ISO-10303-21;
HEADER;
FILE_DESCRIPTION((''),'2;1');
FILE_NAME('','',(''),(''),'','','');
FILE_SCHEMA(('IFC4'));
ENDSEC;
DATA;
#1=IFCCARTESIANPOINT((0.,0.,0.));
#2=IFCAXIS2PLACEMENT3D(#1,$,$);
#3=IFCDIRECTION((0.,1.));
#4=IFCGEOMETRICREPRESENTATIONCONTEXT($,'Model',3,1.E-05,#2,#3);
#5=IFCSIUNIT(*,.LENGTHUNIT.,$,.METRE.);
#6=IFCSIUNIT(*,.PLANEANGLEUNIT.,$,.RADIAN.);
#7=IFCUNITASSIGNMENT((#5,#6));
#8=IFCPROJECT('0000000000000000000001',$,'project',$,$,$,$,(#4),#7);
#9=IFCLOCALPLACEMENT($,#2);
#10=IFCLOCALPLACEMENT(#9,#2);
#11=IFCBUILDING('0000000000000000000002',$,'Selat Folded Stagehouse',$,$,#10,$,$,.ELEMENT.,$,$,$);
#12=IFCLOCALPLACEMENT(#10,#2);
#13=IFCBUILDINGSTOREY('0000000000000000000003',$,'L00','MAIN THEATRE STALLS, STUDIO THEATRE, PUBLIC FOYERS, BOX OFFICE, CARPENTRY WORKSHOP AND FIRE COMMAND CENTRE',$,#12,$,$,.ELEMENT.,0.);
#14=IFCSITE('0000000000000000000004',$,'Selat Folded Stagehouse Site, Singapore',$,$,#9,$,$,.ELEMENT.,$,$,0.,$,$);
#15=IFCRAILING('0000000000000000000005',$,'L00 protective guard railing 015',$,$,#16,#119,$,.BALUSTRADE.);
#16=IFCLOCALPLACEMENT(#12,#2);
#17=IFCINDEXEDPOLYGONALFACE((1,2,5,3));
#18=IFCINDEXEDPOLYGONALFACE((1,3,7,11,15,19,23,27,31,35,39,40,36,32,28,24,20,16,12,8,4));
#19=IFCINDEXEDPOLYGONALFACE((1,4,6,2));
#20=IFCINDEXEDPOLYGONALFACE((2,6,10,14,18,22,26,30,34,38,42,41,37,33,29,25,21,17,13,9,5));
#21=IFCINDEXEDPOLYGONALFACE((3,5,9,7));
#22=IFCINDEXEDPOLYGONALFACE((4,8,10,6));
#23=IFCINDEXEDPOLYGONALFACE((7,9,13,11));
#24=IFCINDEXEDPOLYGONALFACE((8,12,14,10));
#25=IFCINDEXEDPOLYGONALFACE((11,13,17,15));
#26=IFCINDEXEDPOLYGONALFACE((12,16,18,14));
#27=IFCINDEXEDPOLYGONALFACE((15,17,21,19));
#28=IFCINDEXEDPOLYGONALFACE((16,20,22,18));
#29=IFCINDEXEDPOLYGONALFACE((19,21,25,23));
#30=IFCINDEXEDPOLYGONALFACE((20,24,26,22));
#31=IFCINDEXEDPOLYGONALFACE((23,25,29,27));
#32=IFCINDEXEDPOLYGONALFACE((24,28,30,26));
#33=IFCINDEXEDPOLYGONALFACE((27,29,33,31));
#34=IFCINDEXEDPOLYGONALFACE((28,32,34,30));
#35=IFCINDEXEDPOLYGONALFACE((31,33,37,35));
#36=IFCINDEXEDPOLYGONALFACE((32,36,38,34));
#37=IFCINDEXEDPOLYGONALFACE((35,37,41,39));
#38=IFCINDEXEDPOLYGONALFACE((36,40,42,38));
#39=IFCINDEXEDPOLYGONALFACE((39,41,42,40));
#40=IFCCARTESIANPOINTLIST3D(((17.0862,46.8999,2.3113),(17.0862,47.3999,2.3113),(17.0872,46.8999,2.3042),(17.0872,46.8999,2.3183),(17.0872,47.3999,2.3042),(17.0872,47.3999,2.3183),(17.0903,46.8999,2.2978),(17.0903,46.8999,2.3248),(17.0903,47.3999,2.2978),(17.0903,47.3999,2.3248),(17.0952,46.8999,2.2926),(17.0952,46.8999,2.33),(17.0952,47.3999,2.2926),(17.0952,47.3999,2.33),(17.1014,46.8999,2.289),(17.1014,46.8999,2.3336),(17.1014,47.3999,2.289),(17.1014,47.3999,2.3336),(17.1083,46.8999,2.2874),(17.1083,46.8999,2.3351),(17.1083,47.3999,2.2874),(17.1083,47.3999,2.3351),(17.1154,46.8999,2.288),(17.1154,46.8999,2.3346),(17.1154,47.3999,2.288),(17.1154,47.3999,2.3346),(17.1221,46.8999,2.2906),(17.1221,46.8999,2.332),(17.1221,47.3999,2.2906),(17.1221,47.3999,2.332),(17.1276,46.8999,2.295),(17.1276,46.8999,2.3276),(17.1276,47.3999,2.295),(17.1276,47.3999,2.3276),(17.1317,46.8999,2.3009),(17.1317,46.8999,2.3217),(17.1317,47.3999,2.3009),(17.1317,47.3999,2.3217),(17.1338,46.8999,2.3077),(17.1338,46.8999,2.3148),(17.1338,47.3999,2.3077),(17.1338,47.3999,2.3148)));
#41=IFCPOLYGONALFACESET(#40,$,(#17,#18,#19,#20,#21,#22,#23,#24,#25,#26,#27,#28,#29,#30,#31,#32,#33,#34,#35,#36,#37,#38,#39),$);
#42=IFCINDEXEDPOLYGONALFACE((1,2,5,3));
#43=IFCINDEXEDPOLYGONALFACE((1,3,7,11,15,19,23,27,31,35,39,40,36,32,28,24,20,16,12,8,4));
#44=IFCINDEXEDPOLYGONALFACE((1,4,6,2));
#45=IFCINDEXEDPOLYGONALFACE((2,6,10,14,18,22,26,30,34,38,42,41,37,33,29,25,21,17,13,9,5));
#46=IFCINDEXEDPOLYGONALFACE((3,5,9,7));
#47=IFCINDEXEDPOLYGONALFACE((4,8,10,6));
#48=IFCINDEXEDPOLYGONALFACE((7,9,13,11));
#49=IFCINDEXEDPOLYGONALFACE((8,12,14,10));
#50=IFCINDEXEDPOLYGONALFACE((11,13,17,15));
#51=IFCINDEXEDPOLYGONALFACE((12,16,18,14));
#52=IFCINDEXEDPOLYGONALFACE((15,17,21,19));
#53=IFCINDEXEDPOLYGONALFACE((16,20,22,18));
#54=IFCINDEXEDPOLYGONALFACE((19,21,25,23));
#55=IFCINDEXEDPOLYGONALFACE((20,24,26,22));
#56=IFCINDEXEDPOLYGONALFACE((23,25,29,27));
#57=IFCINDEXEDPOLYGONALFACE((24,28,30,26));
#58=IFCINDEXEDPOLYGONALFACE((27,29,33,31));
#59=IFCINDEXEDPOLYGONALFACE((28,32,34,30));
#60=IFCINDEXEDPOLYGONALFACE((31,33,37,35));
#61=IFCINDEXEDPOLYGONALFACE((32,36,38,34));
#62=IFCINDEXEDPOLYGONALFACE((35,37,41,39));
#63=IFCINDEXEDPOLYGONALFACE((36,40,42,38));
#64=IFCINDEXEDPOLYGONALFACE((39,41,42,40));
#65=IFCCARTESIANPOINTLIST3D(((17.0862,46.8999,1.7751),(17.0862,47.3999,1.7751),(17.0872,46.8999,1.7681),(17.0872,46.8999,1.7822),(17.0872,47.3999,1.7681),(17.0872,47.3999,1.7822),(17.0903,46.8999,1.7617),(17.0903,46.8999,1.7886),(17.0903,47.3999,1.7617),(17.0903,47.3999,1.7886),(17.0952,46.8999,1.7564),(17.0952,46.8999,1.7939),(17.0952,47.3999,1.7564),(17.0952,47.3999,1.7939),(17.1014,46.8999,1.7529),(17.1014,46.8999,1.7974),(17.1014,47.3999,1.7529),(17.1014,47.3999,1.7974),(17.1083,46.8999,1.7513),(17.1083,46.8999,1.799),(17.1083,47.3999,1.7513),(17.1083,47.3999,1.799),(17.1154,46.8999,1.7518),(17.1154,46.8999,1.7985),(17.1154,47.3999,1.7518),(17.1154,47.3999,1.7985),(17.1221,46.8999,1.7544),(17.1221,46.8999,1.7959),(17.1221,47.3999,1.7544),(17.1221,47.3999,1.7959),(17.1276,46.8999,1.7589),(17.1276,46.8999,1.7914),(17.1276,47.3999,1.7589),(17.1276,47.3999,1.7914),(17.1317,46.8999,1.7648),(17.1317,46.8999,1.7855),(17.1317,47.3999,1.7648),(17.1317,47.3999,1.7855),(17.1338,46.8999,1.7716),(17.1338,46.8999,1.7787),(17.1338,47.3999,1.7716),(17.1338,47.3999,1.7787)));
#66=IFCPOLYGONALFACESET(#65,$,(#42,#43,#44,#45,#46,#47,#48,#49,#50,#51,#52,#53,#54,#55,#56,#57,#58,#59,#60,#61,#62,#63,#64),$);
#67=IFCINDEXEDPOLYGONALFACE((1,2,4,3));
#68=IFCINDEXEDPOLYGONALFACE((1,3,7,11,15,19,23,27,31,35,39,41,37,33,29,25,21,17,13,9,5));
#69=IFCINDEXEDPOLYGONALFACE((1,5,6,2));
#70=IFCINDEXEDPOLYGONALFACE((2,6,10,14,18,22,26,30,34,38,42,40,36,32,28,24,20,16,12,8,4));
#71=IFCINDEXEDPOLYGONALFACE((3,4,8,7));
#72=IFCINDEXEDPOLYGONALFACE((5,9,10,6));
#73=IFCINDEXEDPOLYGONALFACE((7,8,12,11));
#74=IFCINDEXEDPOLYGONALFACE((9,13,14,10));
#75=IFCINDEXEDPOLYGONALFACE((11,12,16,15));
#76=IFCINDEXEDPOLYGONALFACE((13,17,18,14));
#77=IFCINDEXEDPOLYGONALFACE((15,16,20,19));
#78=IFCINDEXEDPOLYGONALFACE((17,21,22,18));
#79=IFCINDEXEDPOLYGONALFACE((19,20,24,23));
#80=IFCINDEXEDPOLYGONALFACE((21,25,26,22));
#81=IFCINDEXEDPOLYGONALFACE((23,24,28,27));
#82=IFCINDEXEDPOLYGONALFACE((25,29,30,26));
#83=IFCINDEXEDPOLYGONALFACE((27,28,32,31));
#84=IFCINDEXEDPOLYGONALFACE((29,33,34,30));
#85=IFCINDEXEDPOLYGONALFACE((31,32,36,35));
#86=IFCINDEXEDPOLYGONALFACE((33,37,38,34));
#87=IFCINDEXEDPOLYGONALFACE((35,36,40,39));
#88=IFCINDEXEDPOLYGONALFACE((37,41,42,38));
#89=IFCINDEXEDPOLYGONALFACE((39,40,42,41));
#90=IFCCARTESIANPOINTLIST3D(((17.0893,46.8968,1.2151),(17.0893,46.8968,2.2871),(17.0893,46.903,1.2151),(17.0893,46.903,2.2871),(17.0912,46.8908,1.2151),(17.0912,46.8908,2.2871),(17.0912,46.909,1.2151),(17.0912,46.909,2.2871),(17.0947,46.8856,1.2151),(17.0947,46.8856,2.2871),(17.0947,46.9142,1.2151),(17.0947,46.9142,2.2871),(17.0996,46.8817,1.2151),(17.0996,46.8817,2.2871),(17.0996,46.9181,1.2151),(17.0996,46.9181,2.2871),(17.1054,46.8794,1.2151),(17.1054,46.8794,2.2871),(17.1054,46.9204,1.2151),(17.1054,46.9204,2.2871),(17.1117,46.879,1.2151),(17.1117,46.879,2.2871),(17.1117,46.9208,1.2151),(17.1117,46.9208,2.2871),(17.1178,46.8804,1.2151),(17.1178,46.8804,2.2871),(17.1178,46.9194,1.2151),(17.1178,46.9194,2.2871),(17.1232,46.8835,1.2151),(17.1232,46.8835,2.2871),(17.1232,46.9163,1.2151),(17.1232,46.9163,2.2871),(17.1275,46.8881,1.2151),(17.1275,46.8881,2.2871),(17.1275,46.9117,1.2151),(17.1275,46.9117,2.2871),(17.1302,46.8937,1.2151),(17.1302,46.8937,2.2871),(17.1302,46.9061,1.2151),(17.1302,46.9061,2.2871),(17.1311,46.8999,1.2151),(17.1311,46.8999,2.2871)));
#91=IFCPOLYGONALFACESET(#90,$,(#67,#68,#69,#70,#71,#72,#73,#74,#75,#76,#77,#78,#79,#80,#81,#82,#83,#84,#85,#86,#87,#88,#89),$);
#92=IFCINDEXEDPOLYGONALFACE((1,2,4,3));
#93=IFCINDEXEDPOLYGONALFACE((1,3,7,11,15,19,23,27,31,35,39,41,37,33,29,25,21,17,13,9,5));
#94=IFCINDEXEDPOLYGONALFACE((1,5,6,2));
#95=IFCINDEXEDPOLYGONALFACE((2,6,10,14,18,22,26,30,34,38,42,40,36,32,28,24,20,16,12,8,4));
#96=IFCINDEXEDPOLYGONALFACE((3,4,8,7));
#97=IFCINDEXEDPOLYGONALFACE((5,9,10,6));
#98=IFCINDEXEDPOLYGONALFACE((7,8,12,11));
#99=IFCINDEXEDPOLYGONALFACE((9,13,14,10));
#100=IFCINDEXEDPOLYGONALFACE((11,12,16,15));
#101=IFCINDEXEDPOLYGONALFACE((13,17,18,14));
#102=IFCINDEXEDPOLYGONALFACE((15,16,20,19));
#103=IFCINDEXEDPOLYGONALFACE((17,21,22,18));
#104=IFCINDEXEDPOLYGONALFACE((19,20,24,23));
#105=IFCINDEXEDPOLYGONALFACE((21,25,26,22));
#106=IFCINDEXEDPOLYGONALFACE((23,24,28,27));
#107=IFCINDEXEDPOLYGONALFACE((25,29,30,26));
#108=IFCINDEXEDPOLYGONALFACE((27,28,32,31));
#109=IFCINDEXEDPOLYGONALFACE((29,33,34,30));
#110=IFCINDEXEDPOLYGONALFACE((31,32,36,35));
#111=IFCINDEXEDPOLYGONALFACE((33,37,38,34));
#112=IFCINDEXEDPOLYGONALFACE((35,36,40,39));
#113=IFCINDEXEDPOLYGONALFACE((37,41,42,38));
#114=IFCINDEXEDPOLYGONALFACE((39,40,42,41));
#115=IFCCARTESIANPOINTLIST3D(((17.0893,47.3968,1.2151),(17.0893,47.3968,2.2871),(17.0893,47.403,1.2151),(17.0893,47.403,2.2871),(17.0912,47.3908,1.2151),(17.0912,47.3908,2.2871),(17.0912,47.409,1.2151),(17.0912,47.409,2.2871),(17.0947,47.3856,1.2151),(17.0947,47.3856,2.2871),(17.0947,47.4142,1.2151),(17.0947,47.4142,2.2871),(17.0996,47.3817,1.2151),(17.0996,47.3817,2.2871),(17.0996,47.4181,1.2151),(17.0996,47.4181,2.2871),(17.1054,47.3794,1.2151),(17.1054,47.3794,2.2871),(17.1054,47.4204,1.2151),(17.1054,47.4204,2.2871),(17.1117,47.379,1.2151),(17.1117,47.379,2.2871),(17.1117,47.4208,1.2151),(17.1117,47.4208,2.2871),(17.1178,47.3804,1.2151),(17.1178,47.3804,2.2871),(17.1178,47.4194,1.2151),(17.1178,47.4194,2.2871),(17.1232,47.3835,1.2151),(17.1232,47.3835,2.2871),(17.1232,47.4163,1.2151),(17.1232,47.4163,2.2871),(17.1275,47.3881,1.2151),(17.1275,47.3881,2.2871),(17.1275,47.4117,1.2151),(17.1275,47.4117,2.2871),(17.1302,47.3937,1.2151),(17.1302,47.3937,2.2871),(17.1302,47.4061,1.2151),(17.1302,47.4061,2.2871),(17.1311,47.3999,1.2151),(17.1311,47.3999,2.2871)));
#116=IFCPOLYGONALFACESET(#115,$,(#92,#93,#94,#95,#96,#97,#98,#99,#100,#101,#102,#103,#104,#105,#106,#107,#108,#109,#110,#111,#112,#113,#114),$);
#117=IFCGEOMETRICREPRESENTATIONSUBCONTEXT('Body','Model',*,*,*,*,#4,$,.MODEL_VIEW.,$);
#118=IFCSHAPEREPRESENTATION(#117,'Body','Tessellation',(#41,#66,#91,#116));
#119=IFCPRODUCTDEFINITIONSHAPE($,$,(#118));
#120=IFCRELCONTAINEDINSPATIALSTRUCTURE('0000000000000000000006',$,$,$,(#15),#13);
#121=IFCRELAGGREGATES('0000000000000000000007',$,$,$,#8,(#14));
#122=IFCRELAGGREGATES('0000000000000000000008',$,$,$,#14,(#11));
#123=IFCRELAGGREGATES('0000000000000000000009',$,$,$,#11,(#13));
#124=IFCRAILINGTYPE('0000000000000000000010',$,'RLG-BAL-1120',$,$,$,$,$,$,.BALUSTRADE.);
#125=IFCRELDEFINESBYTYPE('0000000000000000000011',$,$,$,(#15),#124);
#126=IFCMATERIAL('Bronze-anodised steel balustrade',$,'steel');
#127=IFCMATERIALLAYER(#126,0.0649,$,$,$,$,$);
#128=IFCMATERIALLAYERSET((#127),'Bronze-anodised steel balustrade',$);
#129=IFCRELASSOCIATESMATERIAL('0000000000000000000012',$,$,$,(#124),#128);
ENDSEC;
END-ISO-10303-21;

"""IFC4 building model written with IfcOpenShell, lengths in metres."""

from ifc_helpers import new_model, si_unit, direction, frame, origin, origin_2d, place, context, subcontext, project, spatial, circle, extrude, material, layer, layer_set, type_object, element, save


model = new_model("IFC4")

# Units and contexts
model_context = context("Model", 3, precision=1e-05, world=origin(), true_north=direction((0.0, 1.0)))
body_context = subcontext(model_context, "Body", "Model", "MODEL_VIEW")
ifc_project = project(units=[si_unit("LENGTHUNIT", "METRE"), si_unit("PLANEANGLEUNIT", "RADIAN")], contexts=[model_context])

# Site, building, storey
site_placement = place(None, origin())
site = spatial("IfcSite", under=ifc_project, at=site_placement, Name="Selat Folded Stagehouse Site, Singapore", CompositionType="ELEMENT", RefElevation=0.0)
building_placement = place(site_placement, origin())
building = spatial("IfcBuilding", under=site, at=building_placement, Name="Selat Folded Stagehouse", CompositionType="ELEMENT")
storey_placement = place(building_placement, origin())
storey = spatial("IfcBuildingStorey", under=building, at=storey_placement, Name="L00", Description="MAIN THEATRE STALLS, STUDIO THEATRE, PUBLIC FOYERS, BOX OFFICE, CARPENTRY WORKSHOP AND FIRE COMMAND CENTRE", CompositionType="ELEMENT", Elevation=0.0)

# Railing
ifc_material_1 = material(Name="Bronze-anodised steel balustrade", Category="steel")
ifc_layer_1 = layer(ifc_material_1, 0.0649)
ifc_layer_set_1 = layer_set([ifc_layer_1], Name="Bronze-anodised steel balustrade")
railing_type = type_object("IfcRailingType", Name="RLG-BAL-1120", PredefinedType="BALUSTRADE", material=ifc_layer_set_1)
railing_1_placement = place(storey_placement, frame((17.1101, 46.8999, 1.2151)))
element("IfcRailing", 1, at=railing_1_placement, inside=storey, type_object=railing_type, Name="L00 protective guard railing 015", PredefinedType="BALUSTRADE", context=body_context, shape_type="SweptSolid", body=[
    extrude(circle(Radius=0.0239, at=origin_2d()), frame((0.0, 0.0, 1.0962), z_axis=(0.0, 1.0, 0.0), x_axis=(-1.0, 0.0, 0.0)), (0.0, 0.0, 1.0), 0.5),
    extrude(circle(Radius=0.0239, at=origin_2d()), frame((0.0, 0.0, 0.5601), z_axis=(0.0, 1.0, 0.0), x_axis=(-1.0, 0.0, 0.0)), (0.0, 0.0, 1.0), 0.5),
    extrude(circle(Radius=0.021, at=origin_2d()), origin(), (0.0, 0.0, 1.0), 1.072),
    extrude(circle(Radius=0.021, at=origin_2d()), frame((0.0, 0.5, 0.0)), (0.0, 0.0, 1.0), 1.072),
])

save(model, "model.ifc")
